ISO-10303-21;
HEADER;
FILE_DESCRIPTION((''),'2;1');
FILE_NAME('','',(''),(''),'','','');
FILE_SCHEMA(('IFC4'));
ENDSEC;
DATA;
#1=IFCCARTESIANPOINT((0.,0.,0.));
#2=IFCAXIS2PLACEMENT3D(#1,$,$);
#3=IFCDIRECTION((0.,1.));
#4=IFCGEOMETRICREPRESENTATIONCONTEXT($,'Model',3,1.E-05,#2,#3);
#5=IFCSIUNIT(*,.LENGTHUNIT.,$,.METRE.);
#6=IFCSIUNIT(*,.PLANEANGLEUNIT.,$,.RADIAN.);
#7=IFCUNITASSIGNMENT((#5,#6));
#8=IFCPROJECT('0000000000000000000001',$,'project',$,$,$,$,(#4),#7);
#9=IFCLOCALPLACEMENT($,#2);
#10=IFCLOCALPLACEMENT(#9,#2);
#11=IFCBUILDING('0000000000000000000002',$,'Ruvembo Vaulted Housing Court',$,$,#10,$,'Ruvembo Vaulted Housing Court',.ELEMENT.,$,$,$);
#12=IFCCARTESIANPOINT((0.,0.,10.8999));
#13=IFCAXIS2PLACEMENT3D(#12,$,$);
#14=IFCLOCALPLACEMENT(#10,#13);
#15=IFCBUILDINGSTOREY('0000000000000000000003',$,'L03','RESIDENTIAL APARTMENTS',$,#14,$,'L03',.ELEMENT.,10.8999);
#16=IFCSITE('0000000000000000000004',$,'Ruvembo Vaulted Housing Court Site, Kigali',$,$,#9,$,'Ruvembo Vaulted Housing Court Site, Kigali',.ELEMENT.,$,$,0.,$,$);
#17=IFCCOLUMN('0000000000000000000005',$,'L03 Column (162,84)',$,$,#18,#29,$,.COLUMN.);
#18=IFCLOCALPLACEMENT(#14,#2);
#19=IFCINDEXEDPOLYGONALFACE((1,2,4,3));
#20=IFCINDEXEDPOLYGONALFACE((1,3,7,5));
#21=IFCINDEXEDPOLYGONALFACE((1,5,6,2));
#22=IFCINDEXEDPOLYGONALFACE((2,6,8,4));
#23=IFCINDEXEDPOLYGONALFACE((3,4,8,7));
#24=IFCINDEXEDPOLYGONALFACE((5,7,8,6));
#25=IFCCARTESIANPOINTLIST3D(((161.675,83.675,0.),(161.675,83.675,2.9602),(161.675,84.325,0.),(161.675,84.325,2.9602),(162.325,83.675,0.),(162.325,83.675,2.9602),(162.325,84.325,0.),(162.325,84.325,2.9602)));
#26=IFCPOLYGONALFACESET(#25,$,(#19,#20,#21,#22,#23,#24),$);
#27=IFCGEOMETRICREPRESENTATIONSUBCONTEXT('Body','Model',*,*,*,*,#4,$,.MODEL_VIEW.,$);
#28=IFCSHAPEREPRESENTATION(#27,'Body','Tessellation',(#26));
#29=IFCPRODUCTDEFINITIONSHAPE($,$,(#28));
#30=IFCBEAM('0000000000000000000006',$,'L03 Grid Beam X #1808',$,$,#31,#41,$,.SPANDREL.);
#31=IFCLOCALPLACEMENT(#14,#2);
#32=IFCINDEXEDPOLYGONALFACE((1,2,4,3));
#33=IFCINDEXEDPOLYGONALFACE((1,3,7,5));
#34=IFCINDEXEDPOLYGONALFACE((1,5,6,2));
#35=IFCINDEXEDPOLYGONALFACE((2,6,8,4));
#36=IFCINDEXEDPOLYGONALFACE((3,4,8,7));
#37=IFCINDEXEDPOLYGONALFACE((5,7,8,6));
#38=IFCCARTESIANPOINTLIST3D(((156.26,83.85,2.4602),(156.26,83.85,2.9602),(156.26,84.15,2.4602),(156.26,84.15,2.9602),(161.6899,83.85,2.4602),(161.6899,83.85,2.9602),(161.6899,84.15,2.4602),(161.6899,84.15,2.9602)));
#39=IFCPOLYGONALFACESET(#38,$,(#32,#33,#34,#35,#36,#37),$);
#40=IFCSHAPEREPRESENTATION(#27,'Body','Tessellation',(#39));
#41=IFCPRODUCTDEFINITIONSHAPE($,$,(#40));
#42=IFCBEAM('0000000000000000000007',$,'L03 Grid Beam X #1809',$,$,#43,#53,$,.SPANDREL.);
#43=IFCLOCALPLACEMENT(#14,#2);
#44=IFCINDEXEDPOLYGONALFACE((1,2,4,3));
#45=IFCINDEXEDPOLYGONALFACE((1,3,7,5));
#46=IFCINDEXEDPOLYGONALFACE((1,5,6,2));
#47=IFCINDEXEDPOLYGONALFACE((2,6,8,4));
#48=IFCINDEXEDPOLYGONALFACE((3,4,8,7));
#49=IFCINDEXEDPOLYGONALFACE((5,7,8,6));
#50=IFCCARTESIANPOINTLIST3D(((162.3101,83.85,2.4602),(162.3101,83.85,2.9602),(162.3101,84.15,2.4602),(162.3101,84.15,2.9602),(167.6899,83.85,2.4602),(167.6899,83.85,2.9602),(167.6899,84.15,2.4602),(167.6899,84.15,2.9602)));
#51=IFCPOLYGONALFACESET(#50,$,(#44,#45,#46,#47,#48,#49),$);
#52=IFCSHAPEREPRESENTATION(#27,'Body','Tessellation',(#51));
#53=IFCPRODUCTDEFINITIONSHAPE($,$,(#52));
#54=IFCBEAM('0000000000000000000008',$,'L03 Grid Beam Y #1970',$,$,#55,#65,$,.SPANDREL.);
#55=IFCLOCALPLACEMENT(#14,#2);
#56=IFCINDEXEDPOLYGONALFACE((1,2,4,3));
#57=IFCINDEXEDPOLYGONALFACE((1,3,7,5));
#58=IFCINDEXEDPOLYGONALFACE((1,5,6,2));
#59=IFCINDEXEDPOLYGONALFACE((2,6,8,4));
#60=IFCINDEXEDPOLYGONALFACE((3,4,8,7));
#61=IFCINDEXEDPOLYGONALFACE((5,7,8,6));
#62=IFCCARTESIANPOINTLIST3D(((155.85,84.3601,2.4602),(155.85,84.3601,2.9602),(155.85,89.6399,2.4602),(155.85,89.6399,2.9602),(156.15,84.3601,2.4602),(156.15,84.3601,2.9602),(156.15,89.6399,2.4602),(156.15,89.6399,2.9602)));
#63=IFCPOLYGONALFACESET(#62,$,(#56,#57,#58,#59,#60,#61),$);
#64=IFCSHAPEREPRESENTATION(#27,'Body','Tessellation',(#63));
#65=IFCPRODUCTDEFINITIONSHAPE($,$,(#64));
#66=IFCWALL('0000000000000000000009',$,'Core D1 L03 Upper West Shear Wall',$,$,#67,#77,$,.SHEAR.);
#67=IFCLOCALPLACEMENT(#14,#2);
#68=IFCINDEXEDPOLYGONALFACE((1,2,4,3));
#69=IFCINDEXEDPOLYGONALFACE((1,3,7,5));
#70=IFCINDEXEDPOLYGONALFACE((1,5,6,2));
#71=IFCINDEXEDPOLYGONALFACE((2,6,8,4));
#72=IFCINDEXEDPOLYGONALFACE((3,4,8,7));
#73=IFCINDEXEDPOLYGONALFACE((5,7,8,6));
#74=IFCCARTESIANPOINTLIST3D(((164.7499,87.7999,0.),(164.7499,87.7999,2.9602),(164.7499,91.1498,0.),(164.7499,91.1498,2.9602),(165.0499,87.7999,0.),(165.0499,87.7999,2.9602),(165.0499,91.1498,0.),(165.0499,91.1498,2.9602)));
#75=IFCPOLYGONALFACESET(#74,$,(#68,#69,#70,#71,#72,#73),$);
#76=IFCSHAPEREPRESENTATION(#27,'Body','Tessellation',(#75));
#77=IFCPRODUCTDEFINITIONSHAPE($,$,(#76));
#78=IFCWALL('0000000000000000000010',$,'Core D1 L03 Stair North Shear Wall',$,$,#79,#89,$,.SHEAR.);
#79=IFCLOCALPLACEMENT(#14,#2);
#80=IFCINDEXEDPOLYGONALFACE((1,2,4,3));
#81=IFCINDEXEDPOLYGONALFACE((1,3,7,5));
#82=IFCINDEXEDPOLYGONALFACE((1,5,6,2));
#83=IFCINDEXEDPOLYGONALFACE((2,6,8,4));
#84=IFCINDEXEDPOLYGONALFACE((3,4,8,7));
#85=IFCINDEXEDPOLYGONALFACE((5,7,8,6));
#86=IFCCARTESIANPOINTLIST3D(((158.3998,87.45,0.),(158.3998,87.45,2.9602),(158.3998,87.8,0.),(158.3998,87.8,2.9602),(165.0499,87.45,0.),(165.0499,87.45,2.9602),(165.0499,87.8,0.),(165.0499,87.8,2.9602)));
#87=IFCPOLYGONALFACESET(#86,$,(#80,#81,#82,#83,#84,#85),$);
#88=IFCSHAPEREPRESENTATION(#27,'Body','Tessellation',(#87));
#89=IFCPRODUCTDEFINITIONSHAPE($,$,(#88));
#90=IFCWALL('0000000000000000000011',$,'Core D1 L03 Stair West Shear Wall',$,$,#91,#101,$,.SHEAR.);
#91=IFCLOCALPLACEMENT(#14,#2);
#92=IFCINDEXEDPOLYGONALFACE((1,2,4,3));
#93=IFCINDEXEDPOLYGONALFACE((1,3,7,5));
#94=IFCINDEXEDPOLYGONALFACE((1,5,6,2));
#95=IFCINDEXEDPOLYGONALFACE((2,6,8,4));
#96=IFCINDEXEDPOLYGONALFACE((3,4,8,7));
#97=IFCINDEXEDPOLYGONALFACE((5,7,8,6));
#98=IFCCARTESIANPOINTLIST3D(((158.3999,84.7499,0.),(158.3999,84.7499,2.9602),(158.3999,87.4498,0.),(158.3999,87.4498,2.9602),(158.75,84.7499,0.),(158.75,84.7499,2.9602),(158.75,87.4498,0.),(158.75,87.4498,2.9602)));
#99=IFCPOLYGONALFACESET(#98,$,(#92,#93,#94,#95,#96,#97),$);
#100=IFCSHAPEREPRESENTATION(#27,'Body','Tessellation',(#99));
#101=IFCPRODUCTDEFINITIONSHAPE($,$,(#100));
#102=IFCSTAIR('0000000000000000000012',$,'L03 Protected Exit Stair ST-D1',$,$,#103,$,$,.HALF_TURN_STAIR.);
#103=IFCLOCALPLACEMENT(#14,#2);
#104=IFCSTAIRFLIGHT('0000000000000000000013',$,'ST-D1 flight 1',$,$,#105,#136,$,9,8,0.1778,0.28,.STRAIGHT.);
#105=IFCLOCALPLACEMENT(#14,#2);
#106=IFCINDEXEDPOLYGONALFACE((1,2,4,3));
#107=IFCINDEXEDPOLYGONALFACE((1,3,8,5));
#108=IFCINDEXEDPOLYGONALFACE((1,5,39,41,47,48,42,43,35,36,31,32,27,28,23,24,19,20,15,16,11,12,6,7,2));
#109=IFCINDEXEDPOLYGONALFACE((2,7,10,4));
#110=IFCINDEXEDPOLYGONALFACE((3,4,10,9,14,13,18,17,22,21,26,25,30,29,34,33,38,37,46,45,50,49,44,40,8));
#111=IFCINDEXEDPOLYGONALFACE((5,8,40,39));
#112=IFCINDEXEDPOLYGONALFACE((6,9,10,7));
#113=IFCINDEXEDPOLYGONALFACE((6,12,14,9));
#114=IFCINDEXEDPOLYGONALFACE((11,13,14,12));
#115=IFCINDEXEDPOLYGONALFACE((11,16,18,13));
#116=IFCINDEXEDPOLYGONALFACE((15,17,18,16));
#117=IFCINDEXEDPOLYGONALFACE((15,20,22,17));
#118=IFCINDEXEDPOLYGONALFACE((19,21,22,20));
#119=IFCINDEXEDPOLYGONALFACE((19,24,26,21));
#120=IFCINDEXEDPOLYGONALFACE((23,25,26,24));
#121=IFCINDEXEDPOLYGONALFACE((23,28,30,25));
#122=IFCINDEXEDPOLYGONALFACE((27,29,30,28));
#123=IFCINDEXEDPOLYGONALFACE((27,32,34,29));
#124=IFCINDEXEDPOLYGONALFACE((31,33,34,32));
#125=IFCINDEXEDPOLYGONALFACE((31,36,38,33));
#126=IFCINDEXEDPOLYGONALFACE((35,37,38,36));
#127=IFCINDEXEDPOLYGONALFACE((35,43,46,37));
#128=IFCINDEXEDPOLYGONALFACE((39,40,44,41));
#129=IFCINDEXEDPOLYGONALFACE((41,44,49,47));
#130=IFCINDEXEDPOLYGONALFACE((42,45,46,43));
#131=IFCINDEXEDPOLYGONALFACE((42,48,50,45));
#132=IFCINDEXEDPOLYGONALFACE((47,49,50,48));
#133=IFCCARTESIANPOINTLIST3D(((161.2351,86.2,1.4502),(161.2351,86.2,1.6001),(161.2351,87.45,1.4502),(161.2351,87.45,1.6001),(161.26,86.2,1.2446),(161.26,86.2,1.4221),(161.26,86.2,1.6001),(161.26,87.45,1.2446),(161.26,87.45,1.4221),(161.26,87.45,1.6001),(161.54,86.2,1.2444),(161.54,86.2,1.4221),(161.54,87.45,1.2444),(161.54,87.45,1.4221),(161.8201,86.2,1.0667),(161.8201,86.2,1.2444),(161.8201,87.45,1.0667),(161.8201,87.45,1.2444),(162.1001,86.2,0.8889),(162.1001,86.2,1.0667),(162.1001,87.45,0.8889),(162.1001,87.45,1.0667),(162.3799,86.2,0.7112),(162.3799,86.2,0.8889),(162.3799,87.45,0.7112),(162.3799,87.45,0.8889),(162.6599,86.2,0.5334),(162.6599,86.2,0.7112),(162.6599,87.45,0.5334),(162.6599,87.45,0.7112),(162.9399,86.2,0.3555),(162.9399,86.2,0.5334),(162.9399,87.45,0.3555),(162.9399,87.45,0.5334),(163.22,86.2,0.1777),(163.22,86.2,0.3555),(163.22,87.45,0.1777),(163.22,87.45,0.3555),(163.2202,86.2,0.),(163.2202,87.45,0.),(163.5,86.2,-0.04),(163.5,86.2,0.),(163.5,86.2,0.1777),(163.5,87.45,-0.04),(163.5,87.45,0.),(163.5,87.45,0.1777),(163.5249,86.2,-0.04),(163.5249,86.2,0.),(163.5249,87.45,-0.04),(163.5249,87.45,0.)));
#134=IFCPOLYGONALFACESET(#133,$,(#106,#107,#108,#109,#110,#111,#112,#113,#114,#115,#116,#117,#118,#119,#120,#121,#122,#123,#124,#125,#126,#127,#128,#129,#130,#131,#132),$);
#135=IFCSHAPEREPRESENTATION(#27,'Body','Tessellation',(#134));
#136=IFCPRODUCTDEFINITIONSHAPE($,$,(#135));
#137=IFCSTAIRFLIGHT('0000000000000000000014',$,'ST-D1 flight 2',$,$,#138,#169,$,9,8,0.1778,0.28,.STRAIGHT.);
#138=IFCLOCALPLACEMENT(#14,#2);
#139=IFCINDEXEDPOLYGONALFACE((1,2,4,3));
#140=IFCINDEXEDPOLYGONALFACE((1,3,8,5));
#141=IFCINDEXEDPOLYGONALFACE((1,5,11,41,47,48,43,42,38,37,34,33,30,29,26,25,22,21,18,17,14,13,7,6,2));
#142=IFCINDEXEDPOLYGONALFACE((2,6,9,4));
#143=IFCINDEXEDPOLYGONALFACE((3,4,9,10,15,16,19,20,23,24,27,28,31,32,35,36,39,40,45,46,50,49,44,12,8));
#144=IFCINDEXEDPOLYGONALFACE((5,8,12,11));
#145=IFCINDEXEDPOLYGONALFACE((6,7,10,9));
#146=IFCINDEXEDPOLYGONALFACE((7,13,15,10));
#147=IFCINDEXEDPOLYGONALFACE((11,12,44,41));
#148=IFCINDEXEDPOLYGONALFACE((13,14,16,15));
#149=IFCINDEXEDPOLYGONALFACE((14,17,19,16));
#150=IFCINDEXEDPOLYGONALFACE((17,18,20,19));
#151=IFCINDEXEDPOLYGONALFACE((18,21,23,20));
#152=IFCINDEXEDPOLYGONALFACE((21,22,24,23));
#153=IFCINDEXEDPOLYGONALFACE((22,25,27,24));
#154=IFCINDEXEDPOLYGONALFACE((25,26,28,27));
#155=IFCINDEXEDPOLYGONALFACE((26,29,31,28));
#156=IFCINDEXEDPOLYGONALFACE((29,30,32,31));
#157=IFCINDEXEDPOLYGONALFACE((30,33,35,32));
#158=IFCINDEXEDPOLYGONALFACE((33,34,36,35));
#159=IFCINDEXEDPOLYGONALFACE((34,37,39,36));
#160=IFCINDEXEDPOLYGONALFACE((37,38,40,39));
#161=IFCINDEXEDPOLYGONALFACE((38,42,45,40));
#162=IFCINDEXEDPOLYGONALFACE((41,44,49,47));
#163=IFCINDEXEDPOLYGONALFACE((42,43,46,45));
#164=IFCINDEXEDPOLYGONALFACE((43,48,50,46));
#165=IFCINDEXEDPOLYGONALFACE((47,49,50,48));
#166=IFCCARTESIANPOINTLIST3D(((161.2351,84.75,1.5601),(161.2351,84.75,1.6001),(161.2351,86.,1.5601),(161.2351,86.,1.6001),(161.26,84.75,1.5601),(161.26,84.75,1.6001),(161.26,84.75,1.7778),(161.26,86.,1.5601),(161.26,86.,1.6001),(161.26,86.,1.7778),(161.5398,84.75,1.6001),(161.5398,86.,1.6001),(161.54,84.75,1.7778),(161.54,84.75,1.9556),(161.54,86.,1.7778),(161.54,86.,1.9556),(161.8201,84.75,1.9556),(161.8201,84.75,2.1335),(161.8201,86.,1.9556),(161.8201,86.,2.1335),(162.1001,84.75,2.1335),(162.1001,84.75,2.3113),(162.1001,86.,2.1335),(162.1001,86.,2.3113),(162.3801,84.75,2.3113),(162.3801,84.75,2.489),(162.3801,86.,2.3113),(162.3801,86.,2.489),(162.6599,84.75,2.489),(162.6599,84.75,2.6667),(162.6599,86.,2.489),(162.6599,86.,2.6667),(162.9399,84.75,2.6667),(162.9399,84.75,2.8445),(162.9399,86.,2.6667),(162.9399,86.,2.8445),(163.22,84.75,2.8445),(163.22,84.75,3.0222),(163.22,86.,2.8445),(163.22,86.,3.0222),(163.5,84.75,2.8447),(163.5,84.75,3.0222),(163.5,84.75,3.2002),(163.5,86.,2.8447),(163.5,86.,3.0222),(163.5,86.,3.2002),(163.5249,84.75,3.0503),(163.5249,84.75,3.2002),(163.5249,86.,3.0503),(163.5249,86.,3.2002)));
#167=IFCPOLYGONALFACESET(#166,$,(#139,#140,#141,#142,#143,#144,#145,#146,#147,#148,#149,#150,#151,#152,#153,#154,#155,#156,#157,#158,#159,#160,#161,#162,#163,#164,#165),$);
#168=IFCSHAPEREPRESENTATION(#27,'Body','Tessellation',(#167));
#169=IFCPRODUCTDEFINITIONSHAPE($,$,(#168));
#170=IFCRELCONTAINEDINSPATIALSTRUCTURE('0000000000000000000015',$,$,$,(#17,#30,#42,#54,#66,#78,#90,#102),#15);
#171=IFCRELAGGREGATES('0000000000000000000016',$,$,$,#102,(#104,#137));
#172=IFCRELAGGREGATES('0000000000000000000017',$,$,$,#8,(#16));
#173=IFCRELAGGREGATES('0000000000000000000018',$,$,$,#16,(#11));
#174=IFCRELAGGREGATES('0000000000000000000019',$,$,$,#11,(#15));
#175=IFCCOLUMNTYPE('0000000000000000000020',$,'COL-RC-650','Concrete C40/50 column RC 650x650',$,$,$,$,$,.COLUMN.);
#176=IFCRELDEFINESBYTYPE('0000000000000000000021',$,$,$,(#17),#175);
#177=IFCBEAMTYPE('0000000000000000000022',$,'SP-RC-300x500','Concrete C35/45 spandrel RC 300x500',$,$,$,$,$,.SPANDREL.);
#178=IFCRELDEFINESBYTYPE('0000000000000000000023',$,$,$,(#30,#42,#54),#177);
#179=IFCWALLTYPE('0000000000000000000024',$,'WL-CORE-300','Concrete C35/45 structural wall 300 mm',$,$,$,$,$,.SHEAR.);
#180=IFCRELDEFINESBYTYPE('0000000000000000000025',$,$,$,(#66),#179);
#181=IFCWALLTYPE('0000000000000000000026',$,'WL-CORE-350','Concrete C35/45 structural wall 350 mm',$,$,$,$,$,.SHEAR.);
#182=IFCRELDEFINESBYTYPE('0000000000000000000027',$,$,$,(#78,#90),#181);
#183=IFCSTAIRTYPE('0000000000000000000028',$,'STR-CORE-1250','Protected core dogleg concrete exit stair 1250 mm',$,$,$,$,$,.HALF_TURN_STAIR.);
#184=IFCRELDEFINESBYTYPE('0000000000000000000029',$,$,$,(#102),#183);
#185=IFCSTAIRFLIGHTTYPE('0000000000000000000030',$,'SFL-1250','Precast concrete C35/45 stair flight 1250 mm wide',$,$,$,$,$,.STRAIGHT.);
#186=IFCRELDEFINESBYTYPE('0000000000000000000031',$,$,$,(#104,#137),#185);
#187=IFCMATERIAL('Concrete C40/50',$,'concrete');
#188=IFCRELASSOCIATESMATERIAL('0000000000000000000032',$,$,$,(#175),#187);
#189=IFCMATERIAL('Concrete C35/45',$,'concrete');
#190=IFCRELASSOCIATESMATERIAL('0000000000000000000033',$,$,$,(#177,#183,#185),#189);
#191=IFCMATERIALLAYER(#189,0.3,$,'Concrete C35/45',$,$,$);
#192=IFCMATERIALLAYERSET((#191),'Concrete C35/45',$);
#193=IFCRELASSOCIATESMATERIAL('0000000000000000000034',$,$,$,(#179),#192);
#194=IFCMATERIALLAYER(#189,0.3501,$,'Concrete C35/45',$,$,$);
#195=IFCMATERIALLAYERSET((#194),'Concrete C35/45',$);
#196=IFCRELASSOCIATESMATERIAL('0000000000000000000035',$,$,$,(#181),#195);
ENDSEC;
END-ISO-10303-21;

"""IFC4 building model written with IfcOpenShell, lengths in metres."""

from ifc_helpers import new_model, si_unit, direction, frame, frame_2d, origin, origin_2d, place, context, subcontext, project, spatial, polyline, rectangle, outline, extrude, material, layer, layer_set, material_profile, profile_set, type_object, element, aggregate, save


model = new_model("IFC4")

# Units and contexts
model_context = context("Model", 3, precision=1e-05, world=origin(), true_north=direction((0.0, 1.0)))
body_context = subcontext(model_context, "Body", "Model", "MODEL_VIEW")
ifc_project = project(units=[si_unit("LENGTHUNIT", "METRE"), si_unit("PLANEANGLEUNIT", "RADIAN")], contexts=[model_context])

# Site, building, storey
site_placement = place(None, origin())
site = spatial("IfcSite", under=ifc_project, at=site_placement, Name="Ruvembo Vaulted Housing Court Site, Kigali", LongName="Ruvembo Vaulted Housing Court Site, Kigali", CompositionType="ELEMENT", RefElevation=0.0)
building_placement = place(site_placement, origin())
building = spatial("IfcBuilding", under=site, at=building_placement, Name="Ruvembo Vaulted Housing Court", LongName="Ruvembo Vaulted Housing Court", CompositionType="ELEMENT")
storey_placement = place(building_placement, frame((0.0, 0.0, 10.8999)))
storey = spatial("IfcBuildingStorey", under=building, at=storey_placement, Name="L03", Description="RESIDENTIAL APARTMENTS", LongName="L03", CompositionType="ELEMENT", Elevation=10.8999)

# Column
ifc_material_1 = material(Name="Concrete C40/50", Category="concrete")
ifc_material_profile_1 = material_profile(ifc_material_1, rectangle(XDim=0.6499, YDim=0.6499, at=origin_2d()), Name="RC 650x650")
ifc_profile_set_1 = profile_set([ifc_material_profile_1], Name="Concrete C40/50")
column_type = type_object("IfcColumnType", Name="COL-RC-650", Description="Concrete C40/50 column RC 650x650", PredefinedType="COLUMN", material=ifc_profile_set_1)
column_placement = place(storey_placement, frame((162.0, 84.0, 0.0), z_axis=(0.0, 0.0, 1.0), x_axis=(1.0, 0.0, 0.0)))
element("IfcColumn", 1, at=column_placement, inside=storey, type_object=column_type, Name="L03 Column (162,84)", PredefinedType="COLUMN", context=body_context, shape_type="SweptSolid", body=[
    extrude(rectangle(XDim=0.6499, YDim=0.6499, at=origin_2d()), origin(), (0.0, 0.0, 1.0), 2.9602),
])

# Beams
ifc_material_2 = material(Name="Concrete C35/45", Category="concrete")
ifc_material_profile_2 = material_profile(ifc_material_2, rectangle(XDim=0.3, YDim=0.5, at=origin_2d()), Name="RC 300x500")
ifc_profile_set_2 = profile_set([ifc_material_profile_2], Name="Concrete C35/45")
beam_type = type_object("IfcBeamType", Name="SP-RC-300x500", Description="Concrete C35/45 spandrel RC 300x500", PredefinedType="SPANDREL", material=ifc_profile_set_2)
beam_1_placement = place(storey_placement, frame((156.26, 84.0, 2.7102), z_axis=(1.0, 0.0, 0.0), x_axis=(0.0, 1.0, 0.0)))
element("IfcBeam", 2, at=beam_1_placement, inside=storey, type_object=beam_type, Name="L03 Grid Beam X #1808", PredefinedType="SPANDREL", context=body_context, shape_type="SweptSolid", body=[
    extrude(rectangle(XDim=0.3, YDim=0.5, at=origin_2d()), origin(), (0.0, 0.0, 1.0), 5.4299),
])
beam_2_placement = place(storey_placement, frame((162.3101, 84.0, 2.7102), z_axis=(1.0, 0.0, 0.0), x_axis=(0.0, 1.0, 0.0)))
element("IfcBeam", 3, at=beam_2_placement, inside=storey, type_object=beam_type, Name="L03 Grid Beam X #1809", PredefinedType="SPANDREL", context=body_context, shape_type="SweptSolid", body=[
    extrude(rectangle(XDim=0.3, YDim=0.5, at=origin_2d()), origin(), (0.0, 0.0, 1.0), 5.3799),
])
beam_3_placement = place(storey_placement, frame((156.0, 84.3601, 2.7102), z_axis=(0.0, 1.0, 0.0), x_axis=(-1.0, 0.0, 0.0)))
element("IfcBeam", 4, at=beam_3_placement, inside=storey, type_object=beam_type, Name="L03 Grid Beam Y #1970", PredefinedType="SPANDREL", context=body_context, shape_type="SweptSolid", body=[
    extrude(rectangle(XDim=0.3, YDim=0.5, at=origin_2d()), origin(), (0.0, 0.0, 1.0), 5.2798),
])

# Shared definitions
ifc_layer_1 = layer(ifc_material_2, 0.3, Name="Concrete C35/45")
ifc_layer_set_1 = layer_set([ifc_layer_1], Name="Concrete C35/45")
wall_type_1 = type_object("IfcWallType", Name="WL-CORE-300", Description="Concrete C35/45 structural wall 300 mm", PredefinedType="SHEAR", material=ifc_layer_set_1)

# Wall
wall_1_placement = place(storey_placement, frame((164.8999, 87.8, 0.0), z_axis=(0.0, 0.0, 1.0), x_axis=(0.0, 1.0, 0.0)))
element("IfcWall", 5, at=wall_1_placement, inside=storey, type_object=wall_type_1, Name="Core D1 L03 Upper West Shear Wall", PredefinedType="SHEAR", context=body_context, shape_type="SweptSolid", body=[
    extrude(rectangle(XDim=3.3499, YDim=0.3, at=frame_2d((1.6748, 0.0))), origin(), (0.0, 0.0, 1.0), 2.9602),
])

# Shared definitions
ifc_layer_2 = layer(ifc_material_2, 0.3501, Name="Concrete C35/45")
ifc_layer_set_2 = layer_set([ifc_layer_2], Name="Concrete C35/45")
wall_type_2 = type_object("IfcWallType", Name="WL-CORE-350", Description="Concrete C35/45 structural wall 350 mm", PredefinedType="SHEAR", material=ifc_layer_set_2)

# Walls
wall_2_placement = place(storey_placement, frame((165.05, 87.625, 0.0), z_axis=(0.0, 0.0, 1.0), x_axis=(-1.0, 0.0, 0.0)))
element("IfcWall", 6, at=wall_2_placement, inside=storey, type_object=wall_type_2, Name="Core D1 L03 Stair North Shear Wall", PredefinedType="SHEAR", context=body_context, shape_type="SweptSolid", body=[
    extrude(rectangle(XDim=6.6501, YDim=0.3501, at=frame_2d((3.3252, 0.0))), origin(), (0.0, 0.0, 1.0), 2.9602),
])
wall_3_placement = place(storey_placement, frame((158.575, 87.45, 0.0), z_axis=(0.0, 0.0, 1.0), x_axis=(0.0, -1.0, 0.0)))
element("IfcWall", 7, at=wall_3_placement, inside=storey, type_object=wall_type_2, Name="Core D1 L03 Stair West Shear Wall", PredefinedType="SHEAR", context=body_context, shape_type="SweptSolid", body=[
    extrude(rectangle(XDim=2.7, YDim=0.3501, at=frame_2d((1.3501, 0.0))), origin(), (0.0, 0.0, 1.0), 2.9602),
])

# Stair, stair flights
stair_type = type_object("IfcStairType", Name="STR-CORE-1250", Description="Protected core dogleg concrete exit stair 1250 mm", PredefinedType="HALF_TURN_STAIR", material=ifc_material_2)
stair_placement = place(storey_placement, origin())
stair = element("IfcStair", 8, at=stair_placement, inside=storey, type_object=stair_type, Name="L03 Protected Exit Stair ST-D1", PredefinedType="HALF_TURN_STAIR")
stair_flight_type = type_object("IfcStairFlightType", Name="SFL-1250", Description="Precast concrete C35/45 stair flight 1250 mm wide", PredefinedType="STRAIGHT", material=ifc_material_2)
stair_flight_1_placement = place(storey_placement, frame((163.5, 86.825, 0.0), z_axis=(0.0, 0.0, 1.0), x_axis=(-1.0, 0.0, 0.0)))
stair_flight_1 = element("IfcStairFlight", 9, at=stair_flight_1_placement, type_object=stair_flight_type, Name="ST-D1 flight 1", NumberOfRisers=9, NumberOfTreads=8, PredefinedType="STRAIGHT", RiserHeight=0.1778, TreadLength=0.28, context=body_context, shape_type="SweptSolid", body=[
    extrude(outline(polyline([(-0.0249, -0.04), (-0.0249, 0.0), (0.0, 0.0), (0.0, 0.1777), (0.28, 0.1777), (0.28, 0.3555), (0.5601, 0.3555), (0.5601, 0.5334), (0.8401, 0.5334), (0.8401, 0.7112), (1.1201, 0.7112), (1.1201, 0.8889), (1.3999, 0.8889), (1.3999, 1.0667), (1.6799, 1.0667), (1.6799, 1.2444), (1.96, 1.2444), (1.96, 1.4221), (2.24, 1.4221), (2.24, 1.6001), (2.2649, 1.6001), (2.2649, 1.4502), (2.24, 1.2446), (0.2798, 0.0), (0.0, -0.04), (-0.0249, -0.04)])), frame((0.0, 0.625, 0.0), z_axis=(0.0, -1.0, 0.0), x_axis=(1.0, 0.0, 0.0)), (0.0, 0.0, 1.0), 1.25),
])
stair_flight_2_placement = place(storey_placement, frame((161.26, 85.375, 1.6001), z_axis=(0.0, 0.0, 1.0), x_axis=(1.0, 0.0, 0.0)))
stair_flight_2 = element("IfcStairFlight", 10, at=stair_flight_2_placement, type_object=stair_flight_type, Name="ST-D1 flight 2", NumberOfRisers=9, NumberOfTreads=8, PredefinedType="STRAIGHT", RiserHeight=0.1778, TreadLength=0.28, context=body_context, shape_type="SweptSolid", body=[
    extrude(outline(polyline([(-0.0249, -0.04), (-0.0249, 0.0), (0.0, 0.0), (0.0, 0.1777), (0.28, 0.1777), (0.28, 0.3555), (0.5601, 0.3555), (0.5601, 0.5334), (0.8401, 0.5334), (0.8401, 0.7112), (1.1201, 0.7112), (1.1201, 0.8889), (1.3999, 0.8889), (1.3999, 1.0667), (1.6799, 1.0667), (1.6799, 1.2444), (1.96, 1.2444), (1.96, 1.4221), (2.24, 1.4221), (2.24, 1.6001), (2.2649, 1.6001), (2.2649, 1.4502), (2.24, 1.2446), (0.2798, 0.0), (0.0, -0.04), (-0.0249, -0.04)])), frame((0.0, 0.625, 0.0), z_axis=(0.0, -1.0, 0.0), x_axis=(1.0, 0.0, 0.0)), (0.0, 0.0, 1.0), 1.25),
])
aggregate(stair, [stair_flight_1, stair_flight_2])

save(model, "model.ifc")
